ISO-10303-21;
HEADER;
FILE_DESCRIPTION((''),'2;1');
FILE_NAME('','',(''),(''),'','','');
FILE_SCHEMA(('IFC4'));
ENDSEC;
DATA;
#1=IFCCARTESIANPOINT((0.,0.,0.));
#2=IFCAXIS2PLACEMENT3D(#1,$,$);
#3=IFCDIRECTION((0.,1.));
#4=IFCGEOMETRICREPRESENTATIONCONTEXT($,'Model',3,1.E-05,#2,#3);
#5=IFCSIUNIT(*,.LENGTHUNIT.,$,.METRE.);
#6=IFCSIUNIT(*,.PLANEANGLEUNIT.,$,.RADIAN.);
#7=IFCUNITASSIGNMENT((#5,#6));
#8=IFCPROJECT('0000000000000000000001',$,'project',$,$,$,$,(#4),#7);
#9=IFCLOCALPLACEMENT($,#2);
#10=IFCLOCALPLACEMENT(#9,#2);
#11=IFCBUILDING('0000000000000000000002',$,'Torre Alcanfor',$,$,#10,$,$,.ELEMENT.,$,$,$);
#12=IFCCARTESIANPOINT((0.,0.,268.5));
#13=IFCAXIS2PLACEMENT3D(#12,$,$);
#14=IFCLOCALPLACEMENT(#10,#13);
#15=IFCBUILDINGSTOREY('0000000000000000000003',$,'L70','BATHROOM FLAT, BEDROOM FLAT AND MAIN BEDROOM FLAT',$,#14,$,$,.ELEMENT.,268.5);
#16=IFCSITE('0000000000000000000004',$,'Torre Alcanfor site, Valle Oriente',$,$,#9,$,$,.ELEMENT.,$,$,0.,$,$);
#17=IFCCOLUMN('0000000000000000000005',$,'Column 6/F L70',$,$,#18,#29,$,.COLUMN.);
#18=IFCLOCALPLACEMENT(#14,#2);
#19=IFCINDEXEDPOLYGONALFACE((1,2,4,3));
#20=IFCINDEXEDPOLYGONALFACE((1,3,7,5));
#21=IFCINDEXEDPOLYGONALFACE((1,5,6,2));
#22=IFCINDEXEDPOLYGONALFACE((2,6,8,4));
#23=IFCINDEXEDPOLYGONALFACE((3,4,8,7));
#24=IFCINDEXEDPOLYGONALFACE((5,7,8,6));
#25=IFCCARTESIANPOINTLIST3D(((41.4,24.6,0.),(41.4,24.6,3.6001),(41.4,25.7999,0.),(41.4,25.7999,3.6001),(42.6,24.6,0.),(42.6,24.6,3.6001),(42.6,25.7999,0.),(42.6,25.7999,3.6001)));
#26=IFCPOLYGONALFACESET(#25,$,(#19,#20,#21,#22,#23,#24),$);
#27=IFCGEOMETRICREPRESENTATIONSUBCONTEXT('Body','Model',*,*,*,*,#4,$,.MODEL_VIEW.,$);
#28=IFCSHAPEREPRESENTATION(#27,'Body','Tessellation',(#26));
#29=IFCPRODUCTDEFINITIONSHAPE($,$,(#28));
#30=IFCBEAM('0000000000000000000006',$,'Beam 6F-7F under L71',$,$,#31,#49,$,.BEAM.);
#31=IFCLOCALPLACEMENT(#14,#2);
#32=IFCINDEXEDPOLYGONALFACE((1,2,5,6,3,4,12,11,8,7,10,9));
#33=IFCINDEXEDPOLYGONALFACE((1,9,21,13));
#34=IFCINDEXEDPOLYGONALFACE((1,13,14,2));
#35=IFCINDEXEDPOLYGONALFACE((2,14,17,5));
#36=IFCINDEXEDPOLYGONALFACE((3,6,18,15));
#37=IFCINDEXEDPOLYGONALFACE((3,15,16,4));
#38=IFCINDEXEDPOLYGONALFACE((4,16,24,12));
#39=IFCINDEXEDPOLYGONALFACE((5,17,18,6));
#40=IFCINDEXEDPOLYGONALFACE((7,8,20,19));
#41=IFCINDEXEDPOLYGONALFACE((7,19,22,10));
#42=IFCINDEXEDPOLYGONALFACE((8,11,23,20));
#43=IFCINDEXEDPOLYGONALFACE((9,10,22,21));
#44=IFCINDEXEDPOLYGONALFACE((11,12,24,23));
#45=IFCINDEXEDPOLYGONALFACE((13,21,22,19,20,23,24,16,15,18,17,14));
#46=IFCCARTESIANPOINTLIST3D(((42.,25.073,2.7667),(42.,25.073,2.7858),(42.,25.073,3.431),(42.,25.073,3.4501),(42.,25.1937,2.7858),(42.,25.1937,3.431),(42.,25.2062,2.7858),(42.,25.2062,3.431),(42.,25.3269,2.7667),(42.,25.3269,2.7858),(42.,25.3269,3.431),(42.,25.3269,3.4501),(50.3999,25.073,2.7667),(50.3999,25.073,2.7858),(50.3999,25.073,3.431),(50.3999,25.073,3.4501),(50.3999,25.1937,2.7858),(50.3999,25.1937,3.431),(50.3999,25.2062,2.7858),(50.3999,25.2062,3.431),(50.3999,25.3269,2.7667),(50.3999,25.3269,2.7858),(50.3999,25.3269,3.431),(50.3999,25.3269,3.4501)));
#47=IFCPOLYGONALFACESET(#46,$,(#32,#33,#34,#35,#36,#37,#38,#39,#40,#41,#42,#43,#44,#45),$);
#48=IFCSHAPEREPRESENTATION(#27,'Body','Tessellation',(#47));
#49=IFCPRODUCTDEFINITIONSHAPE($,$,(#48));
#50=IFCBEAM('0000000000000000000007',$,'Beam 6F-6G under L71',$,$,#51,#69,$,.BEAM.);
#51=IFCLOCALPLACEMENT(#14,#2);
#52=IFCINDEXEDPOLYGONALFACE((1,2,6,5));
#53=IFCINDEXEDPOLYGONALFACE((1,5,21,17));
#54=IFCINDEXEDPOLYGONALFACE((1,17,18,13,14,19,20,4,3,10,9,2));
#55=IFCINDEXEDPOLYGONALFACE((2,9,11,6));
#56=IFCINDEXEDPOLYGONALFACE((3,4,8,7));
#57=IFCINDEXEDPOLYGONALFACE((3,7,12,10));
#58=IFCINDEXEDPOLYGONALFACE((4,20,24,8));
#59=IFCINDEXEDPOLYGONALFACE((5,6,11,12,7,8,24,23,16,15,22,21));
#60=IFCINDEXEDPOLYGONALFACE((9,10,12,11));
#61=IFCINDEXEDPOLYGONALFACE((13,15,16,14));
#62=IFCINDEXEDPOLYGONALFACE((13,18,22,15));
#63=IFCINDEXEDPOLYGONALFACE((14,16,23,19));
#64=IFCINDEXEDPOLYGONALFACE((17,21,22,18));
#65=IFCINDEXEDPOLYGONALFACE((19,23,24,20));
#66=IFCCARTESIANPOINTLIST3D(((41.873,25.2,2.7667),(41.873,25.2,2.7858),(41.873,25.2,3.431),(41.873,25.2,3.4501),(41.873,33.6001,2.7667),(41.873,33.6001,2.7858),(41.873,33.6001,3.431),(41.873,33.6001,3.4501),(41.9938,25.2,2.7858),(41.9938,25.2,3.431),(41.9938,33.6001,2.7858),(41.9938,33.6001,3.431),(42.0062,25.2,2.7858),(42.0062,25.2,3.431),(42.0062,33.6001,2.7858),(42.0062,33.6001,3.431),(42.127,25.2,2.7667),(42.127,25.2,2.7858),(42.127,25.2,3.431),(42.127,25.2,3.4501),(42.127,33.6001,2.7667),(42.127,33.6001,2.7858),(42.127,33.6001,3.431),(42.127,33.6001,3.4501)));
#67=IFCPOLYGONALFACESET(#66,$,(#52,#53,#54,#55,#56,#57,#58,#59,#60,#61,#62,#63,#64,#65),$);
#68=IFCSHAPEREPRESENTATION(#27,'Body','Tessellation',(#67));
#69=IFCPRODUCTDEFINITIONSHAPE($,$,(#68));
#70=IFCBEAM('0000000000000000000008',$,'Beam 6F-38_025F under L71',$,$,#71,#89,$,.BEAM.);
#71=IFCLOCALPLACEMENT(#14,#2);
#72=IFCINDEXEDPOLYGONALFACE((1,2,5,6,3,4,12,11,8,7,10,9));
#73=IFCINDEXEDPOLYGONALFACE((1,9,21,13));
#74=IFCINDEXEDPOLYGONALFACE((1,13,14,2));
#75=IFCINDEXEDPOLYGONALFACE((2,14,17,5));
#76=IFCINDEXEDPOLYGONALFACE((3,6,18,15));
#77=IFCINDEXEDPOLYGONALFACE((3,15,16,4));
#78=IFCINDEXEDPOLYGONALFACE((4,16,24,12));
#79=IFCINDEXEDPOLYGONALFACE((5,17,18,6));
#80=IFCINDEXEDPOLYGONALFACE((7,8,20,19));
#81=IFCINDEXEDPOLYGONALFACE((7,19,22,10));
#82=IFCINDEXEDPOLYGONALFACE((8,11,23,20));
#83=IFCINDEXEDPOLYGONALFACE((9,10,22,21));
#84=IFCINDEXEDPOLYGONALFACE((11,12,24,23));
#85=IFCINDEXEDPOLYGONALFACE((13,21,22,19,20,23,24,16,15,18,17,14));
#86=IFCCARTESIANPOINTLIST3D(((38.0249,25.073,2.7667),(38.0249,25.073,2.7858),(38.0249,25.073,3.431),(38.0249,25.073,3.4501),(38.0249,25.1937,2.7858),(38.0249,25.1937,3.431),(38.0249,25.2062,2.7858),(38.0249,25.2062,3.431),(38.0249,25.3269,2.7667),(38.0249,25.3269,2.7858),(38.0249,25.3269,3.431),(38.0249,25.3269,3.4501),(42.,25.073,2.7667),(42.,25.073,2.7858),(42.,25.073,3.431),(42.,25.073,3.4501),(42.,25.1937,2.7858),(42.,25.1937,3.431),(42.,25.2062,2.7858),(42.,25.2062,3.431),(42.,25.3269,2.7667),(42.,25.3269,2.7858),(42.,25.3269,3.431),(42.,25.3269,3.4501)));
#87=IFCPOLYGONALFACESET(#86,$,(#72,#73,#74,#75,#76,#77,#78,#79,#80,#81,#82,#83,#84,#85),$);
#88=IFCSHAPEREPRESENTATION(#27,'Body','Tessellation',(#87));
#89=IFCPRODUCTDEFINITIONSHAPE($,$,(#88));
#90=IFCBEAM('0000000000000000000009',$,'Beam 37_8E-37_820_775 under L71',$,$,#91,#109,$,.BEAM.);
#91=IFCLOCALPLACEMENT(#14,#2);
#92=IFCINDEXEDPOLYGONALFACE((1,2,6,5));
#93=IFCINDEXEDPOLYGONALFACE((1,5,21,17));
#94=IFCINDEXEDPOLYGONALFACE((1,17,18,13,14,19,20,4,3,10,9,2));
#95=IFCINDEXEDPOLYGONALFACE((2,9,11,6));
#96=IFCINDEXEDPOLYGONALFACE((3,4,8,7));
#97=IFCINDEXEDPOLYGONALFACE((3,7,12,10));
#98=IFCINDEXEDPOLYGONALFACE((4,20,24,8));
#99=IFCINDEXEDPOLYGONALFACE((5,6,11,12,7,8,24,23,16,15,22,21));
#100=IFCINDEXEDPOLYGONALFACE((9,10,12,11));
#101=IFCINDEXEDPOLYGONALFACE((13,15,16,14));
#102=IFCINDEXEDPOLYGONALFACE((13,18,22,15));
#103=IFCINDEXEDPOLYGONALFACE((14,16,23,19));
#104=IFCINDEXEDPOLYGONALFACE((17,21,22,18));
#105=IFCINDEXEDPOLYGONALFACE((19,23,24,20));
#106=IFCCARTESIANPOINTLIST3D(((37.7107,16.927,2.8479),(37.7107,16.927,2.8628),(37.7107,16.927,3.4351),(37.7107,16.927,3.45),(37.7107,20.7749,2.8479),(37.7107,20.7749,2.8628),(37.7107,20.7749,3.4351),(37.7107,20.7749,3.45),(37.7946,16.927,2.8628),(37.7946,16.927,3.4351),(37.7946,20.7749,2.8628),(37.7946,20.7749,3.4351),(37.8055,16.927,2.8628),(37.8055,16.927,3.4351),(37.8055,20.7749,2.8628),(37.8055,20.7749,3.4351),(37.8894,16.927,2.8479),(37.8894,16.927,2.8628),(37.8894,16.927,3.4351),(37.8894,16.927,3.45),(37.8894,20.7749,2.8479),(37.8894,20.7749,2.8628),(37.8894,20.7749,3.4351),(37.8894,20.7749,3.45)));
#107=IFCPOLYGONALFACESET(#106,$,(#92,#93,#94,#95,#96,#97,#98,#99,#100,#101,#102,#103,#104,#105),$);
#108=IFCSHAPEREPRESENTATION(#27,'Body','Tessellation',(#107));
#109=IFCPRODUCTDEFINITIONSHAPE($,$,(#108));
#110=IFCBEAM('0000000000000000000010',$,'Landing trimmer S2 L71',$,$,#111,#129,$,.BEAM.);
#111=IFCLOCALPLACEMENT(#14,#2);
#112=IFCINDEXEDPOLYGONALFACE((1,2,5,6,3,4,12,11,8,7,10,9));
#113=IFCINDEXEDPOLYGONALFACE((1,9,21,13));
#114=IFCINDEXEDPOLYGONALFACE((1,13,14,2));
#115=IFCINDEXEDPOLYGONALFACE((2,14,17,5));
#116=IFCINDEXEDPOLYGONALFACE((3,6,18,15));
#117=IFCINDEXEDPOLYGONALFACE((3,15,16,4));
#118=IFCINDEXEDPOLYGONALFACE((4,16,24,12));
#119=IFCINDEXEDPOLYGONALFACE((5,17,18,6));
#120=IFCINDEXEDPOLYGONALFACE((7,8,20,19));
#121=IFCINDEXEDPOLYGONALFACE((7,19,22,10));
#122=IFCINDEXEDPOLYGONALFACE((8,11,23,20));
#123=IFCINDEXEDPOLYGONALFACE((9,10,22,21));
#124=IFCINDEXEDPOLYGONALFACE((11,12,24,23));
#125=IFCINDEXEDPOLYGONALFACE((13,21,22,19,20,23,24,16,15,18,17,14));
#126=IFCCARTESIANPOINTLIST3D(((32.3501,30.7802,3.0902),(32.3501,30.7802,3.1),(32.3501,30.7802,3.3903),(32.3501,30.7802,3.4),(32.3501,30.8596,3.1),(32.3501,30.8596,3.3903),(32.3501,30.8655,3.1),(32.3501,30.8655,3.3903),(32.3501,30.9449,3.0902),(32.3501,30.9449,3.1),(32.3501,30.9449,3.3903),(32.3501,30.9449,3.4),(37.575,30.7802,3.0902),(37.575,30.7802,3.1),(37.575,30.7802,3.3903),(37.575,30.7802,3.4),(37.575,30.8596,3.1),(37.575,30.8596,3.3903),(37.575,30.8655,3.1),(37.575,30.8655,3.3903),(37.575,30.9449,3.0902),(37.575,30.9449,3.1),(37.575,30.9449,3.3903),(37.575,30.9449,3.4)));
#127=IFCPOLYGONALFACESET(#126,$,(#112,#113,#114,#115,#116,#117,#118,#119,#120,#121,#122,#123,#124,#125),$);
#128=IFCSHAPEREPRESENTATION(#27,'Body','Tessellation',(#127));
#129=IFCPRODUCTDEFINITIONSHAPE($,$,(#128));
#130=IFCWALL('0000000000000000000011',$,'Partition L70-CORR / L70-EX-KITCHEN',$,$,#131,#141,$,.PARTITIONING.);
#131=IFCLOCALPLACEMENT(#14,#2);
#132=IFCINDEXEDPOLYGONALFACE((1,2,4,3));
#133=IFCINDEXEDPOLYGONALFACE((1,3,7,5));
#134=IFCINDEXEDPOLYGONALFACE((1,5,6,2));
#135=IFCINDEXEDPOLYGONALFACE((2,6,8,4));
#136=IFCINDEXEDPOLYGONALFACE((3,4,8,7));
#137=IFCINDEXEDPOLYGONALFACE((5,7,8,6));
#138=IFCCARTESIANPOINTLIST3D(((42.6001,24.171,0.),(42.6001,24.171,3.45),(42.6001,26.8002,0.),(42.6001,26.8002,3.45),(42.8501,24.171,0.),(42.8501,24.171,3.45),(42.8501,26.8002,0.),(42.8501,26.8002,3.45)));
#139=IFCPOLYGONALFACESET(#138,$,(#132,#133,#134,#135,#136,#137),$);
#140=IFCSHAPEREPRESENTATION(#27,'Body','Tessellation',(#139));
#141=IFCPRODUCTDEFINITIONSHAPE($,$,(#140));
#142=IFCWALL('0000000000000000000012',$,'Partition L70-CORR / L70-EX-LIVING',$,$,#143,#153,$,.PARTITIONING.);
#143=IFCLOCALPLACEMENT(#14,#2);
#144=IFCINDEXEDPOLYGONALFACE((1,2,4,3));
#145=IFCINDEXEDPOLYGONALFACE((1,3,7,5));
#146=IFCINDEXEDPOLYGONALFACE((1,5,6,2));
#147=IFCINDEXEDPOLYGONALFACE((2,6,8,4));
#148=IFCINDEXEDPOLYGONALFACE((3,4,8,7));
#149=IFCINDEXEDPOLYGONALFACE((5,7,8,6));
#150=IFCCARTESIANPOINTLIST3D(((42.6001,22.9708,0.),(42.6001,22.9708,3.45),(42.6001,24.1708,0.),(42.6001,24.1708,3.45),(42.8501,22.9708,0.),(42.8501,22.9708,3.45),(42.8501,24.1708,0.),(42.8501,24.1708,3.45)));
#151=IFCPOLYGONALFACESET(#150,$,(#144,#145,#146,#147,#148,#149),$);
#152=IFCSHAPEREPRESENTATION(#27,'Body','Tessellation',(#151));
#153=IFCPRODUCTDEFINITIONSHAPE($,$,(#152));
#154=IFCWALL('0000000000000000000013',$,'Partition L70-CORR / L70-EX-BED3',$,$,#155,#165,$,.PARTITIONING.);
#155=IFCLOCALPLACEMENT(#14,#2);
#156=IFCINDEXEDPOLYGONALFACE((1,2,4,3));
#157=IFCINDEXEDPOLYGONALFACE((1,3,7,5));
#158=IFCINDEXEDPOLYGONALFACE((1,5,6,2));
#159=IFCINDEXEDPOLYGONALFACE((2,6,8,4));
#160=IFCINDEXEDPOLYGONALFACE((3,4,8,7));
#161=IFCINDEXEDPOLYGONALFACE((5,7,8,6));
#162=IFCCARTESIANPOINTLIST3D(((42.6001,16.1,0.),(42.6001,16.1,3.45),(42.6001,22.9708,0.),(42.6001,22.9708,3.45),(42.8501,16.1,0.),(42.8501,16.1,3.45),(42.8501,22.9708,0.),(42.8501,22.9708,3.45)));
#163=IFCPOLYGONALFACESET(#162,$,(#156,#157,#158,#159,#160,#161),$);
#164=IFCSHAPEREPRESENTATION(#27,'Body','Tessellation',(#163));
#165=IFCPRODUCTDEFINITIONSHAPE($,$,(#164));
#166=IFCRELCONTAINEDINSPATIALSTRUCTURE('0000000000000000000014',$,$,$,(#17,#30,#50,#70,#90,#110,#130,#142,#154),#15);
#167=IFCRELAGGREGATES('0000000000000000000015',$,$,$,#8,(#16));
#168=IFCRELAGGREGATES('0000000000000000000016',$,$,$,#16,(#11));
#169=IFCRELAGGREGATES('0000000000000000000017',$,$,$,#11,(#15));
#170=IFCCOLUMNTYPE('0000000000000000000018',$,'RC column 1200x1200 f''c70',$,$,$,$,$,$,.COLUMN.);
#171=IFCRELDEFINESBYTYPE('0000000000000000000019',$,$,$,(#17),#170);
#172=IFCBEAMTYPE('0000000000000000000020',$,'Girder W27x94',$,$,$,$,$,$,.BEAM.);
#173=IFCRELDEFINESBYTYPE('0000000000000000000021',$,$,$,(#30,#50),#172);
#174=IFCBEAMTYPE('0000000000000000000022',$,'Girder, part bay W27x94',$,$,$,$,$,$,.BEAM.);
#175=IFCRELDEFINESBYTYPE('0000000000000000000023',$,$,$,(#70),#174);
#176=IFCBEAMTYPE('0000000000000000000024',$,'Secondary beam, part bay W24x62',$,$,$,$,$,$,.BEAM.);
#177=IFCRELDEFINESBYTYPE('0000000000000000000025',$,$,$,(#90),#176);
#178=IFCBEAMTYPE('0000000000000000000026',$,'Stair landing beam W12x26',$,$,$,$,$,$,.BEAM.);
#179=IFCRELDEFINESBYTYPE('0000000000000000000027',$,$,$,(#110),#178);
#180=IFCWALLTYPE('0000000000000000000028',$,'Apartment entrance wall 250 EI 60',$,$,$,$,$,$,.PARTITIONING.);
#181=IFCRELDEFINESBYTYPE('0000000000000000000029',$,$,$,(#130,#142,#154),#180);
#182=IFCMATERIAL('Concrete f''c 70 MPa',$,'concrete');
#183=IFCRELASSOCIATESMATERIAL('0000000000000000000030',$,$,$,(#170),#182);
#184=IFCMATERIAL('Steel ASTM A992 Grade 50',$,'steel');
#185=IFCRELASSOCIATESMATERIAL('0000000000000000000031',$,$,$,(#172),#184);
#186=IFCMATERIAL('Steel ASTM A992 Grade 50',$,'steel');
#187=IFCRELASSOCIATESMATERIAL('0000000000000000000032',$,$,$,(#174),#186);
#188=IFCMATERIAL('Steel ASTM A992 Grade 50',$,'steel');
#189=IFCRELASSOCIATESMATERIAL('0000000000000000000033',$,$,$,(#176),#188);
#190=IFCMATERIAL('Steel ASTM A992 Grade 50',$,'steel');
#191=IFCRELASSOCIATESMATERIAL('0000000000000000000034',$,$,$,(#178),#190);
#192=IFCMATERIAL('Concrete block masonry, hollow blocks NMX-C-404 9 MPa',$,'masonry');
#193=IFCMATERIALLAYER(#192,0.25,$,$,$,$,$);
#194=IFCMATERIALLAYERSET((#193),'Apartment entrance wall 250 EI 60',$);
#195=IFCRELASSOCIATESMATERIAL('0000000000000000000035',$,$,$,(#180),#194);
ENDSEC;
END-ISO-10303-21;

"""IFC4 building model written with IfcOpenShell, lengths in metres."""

from ifc_helpers import new_model, si_unit, direction, frame, frame_2d, origin, origin_2d, place, context, subcontext, project, spatial, rectangle, i_section, extrude, material, layer, layer_set, material_profile, profile_set, type_object, element, save


model = new_model("IFC4")

# Units and contexts
model_context = context("Model", 3, precision=1e-05, world=origin(), true_north=direction((0.0, 1.0)))
body_context = subcontext(model_context, "Body", "Model", "MODEL_VIEW")
ifc_project = project(units=[si_unit("LENGTHUNIT", "METRE"), si_unit("PLANEANGLEUNIT", "RADIAN")], contexts=[model_context])

# Site, building, storey
site_placement = place(None, origin())
site = spatial("IfcSite", under=ifc_project, at=site_placement, Name="Torre Alcanfor site, Valle Oriente", CompositionType="ELEMENT", RefElevation=0.0)
building_placement = place(site_placement, origin())
building = spatial("IfcBuilding", under=site, at=building_placement, Name="Torre Alcanfor", CompositionType="ELEMENT")
storey_placement = place(building_placement, frame((0.0, 0.0, 268.5)))
storey = spatial("IfcBuildingStorey", under=building, at=storey_placement, Name="L70", Description="BATHROOM FLAT, BEDROOM FLAT AND MAIN BEDROOM FLAT", CompositionType="ELEMENT", Elevation=268.5)

# Column
ifc_material_1 = material(Name="Concrete f'c 70 MPa", Category="concrete")
ifc_material_profile_1 = material_profile(ifc_material_1, rectangle(XDim=1.2, YDim=1.2, at=origin_2d()), Name="1200x1200")
ifc_profile_set_1 = profile_set([ifc_material_profile_1], Name="Concrete f'c 70 MPa")
column_type = type_object("IfcColumnType", Name="RC column 1200x1200 f'c70", PredefinedType="COLUMN", material=ifc_profile_set_1)
column_placement = place(storey_placement, frame((42.0, 25.2, 0.0), z_axis=(0.0, 0.0, 1.0), x_axis=(1.0, 0.0, 0.0)))
element("IfcColumn", 1, at=column_placement, inside=storey, type_object=column_type, Name="Column 6/F L70", PredefinedType="COLUMN", context=body_context, shape_type="SweptSolid", body=[
    extrude(rectangle(XDim=1.2, YDim=1.2, at=origin_2d()), origin(), (0.0, 0.0, 1.0), 3.6001),
])

# Beams
ifc_material_2 = material(Name="Steel ASTM A992 Grade 50", Category="steel")
ifc_material_profile_2 = material_profile(ifc_material_2, i_section(OverallWidth=0.2539, OverallDepth=0.6833, WebThickness=0.0125, FlangeThickness=0.019, at=origin_2d()), Name="W27x94")
ifc_profile_set_2 = profile_set([ifc_material_profile_2], Name="Steel ASTM A992 Grade 50")
beam_type_1 = type_object("IfcBeamType", Name="Girder W27x94", PredefinedType="BEAM", material=ifc_profile_set_2)
beam_1_placement = place(storey_placement, frame((42.0, 25.2, 3.1084), z_axis=(1.0, 0.0, 0.0), x_axis=(0.0, 1.0, 0.0)))
element("IfcBeam", 2, at=beam_1_placement, inside=storey, type_object=beam_type_1, Name="Beam 6F-7F under L71", PredefinedType="BEAM", context=body_context, shape_type="SweptSolid", body=[
    extrude(i_section(OverallWidth=0.2539, OverallDepth=0.6833, WebThickness=0.0125, FlangeThickness=0.019, at=origin_2d()), origin(), (0.0, 0.0, 1.0), 8.3999),
])
beam_2_placement = place(storey_placement, frame((42.0, 25.2, 3.1084), z_axis=(0.0, 1.0, 0.0), x_axis=(-1.0, 0.0, 0.0)))
element("IfcBeam", 3, at=beam_2_placement, inside=storey, type_object=beam_type_1, Name="Beam 6F-6G under L71", PredefinedType="BEAM", context=body_context, shape_type="SweptSolid", body=[
    extrude(i_section(OverallWidth=0.2539, OverallDepth=0.6833, WebThickness=0.0125, FlangeThickness=0.019, at=origin_2d()), origin(), (0.0, 0.0, 1.0), 8.4001),
])
ifc_material_3 = material(Name="Steel ASTM A992 Grade 50", Category="steel")
ifc_material_profile_3 = material_profile(ifc_material_3, i_section(OverallWidth=0.2539, OverallDepth=0.6833, WebThickness=0.0125, FlangeThickness=0.019, at=origin_2d()), Name="W27x94")
ifc_profile_set_3 = profile_set([ifc_material_profile_3], Name="Steel ASTM A992 Grade 50")
beam_type_2 = type_object("IfcBeamType", Name="Girder, part bay W27x94", PredefinedType="BEAM", material=ifc_profile_set_3)
beam_3_placement = place(storey_placement, frame((42.0, 25.2, 3.1084), z_axis=(-1.0, 0.0, 0.0), x_axis=(0.0, -1.0, 0.0)))
element("IfcBeam", 4, at=beam_3_placement, inside=storey, type_object=beam_type_2, Name="Beam 6F-38_025F under L71", PredefinedType="BEAM", context=body_context, shape_type="SweptSolid", body=[
    extrude(i_section(OverallWidth=0.2539, OverallDepth=0.6833, WebThickness=0.0125, FlangeThickness=0.019, at=origin_2d()), origin(), (0.0, 0.0, 1.0), 3.9751),
])
ifc_material_4 = material(Name="Steel ASTM A992 Grade 50", Category="steel")
ifc_material_profile_4 = material_profile(ifc_material_4, i_section(OverallWidth=0.1787, OverallDepth=0.6021, WebThickness=0.011, FlangeThickness=0.0149, at=origin_2d()), Name="W24x62")
ifc_profile_set_4 = profile_set([ifc_material_profile_4], Name="Steel ASTM A992 Grade 50")
beam_type_3 = type_object("IfcBeamType", Name="Secondary beam, part bay W24x62", PredefinedType="BEAM", material=ifc_profile_set_4)
beam_4_placement = place(storey_placement, frame((37.8, 16.927, 3.1489), z_axis=(0.0, 1.0, 0.0), x_axis=(-1.0, 0.0, 0.0)))
element("IfcBeam", 5, at=beam_4_placement, inside=storey, type_object=beam_type_3, Name="Beam 37_8E-37_820_775 under L71", PredefinedType="BEAM", context=body_context, shape_type="SweptSolid", body=[
    extrude(i_section(OverallWidth=0.1787, OverallDepth=0.6021, WebThickness=0.011, FlangeThickness=0.0149, at=origin_2d()), origin(), (0.0, 0.0, 1.0), 3.8479),
])
ifc_material_5 = material(Name="Steel ASTM A992 Grade 50", Category="steel")
ifc_material_profile_5 = material_profile(ifc_material_5, i_section(OverallWidth=0.1648, OverallDepth=0.3098, WebThickness=0.0059, FlangeThickness=0.0098, at=origin_2d()), Name="W12x26")
ifc_profile_set_5 = profile_set([ifc_material_profile_5], Name="Steel ASTM A992 Grade 50")
beam_type_4 = type_object("IfcBeamType", Name="Stair landing beam W12x26", PredefinedType="BEAM", material=ifc_profile_set_5)
beam_5_placement = place(storey_placement, frame((32.3501, 30.8625, 3.2451), z_axis=(1.0, 0.0, 0.0), x_axis=(0.0, 1.0, 0.0)))
element("IfcBeam", 6, at=beam_5_placement, inside=storey, type_object=beam_type_4, Name="Landing trimmer S2 L71", PredefinedType="BEAM", context=body_context, shape_type="SweptSolid", body=[
    extrude(i_section(OverallWidth=0.1648, OverallDepth=0.3098, WebThickness=0.0059, FlangeThickness=0.0098, at=origin_2d()), origin(), (0.0, 0.0, 1.0), 5.2249),
])

# Walls
ifc_material_6 = material(Name="Concrete block masonry, hollow blocks NMX-C-404 9 MPa", Category="masonry")
ifc_layer_1 = layer(ifc_material_6, 0.25)
ifc_layer_set_1 = layer_set([ifc_layer_1], Name="Apartment entrance wall 250 EI 60")
wall_type_1 = type_object("IfcWallType", Name="Apartment entrance wall 250 EI 60", PredefinedType="PARTITIONING", material=ifc_layer_set_1)
wall_1_placement = place(storey_placement, frame((42.7251, 26.8, 0.0), z_axis=(0.0, 0.0, 1.0), x_axis=(0.0, -1.0, 0.0)))
element("IfcWall", 7, at=wall_1_placement, inside=storey, type_object=wall_type_1, Name="Partition L70-CORR / L70-EX-KITCHEN", PredefinedType="PARTITIONING", context=body_context, shape_type="SweptSolid", body=[
    extrude(rectangle(XDim=2.6292, YDim=0.25, at=frame_2d((1.3145, 0.0))), origin(), (0.0, 0.0, 1.0), 3.45),
])
wall_2_placement = place(storey_placement, frame((42.7251, 24.1709, 0.0), z_axis=(0.0, 0.0, 1.0), x_axis=(0.0, -1.0, 0.0)))
element("IfcWall", 8, at=wall_2_placement, inside=storey, type_object=wall_type_1, Name="Partition L70-CORR / L70-EX-LIVING", PredefinedType="PARTITIONING", context=body_context, shape_type="SweptSolid", body=[
    extrude(rectangle(XDim=1.2, YDim=0.25, at=frame_2d((0.6001, 0.0))), origin(), (0.0, 0.0, 1.0), 3.45),
])
wall_3_placement = place(storey_placement, frame((42.7251, 22.9709, 0.0), z_axis=(0.0, 0.0, 1.0), x_axis=(0.0, -1.0, 0.0)))
element("IfcWall", 9, at=wall_3_placement, inside=storey, type_object=wall_type_1, Name="Partition L70-CORR / L70-EX-BED3", PredefinedType="PARTITIONING", context=body_context, shape_type="SweptSolid", body=[
    extrude(rectangle(XDim=6.8708, YDim=0.25, at=frame_2d((3.4355, 0.0))), origin(), (0.0, 0.0, 1.0), 3.45),
])

save(model, "model.ifc")
